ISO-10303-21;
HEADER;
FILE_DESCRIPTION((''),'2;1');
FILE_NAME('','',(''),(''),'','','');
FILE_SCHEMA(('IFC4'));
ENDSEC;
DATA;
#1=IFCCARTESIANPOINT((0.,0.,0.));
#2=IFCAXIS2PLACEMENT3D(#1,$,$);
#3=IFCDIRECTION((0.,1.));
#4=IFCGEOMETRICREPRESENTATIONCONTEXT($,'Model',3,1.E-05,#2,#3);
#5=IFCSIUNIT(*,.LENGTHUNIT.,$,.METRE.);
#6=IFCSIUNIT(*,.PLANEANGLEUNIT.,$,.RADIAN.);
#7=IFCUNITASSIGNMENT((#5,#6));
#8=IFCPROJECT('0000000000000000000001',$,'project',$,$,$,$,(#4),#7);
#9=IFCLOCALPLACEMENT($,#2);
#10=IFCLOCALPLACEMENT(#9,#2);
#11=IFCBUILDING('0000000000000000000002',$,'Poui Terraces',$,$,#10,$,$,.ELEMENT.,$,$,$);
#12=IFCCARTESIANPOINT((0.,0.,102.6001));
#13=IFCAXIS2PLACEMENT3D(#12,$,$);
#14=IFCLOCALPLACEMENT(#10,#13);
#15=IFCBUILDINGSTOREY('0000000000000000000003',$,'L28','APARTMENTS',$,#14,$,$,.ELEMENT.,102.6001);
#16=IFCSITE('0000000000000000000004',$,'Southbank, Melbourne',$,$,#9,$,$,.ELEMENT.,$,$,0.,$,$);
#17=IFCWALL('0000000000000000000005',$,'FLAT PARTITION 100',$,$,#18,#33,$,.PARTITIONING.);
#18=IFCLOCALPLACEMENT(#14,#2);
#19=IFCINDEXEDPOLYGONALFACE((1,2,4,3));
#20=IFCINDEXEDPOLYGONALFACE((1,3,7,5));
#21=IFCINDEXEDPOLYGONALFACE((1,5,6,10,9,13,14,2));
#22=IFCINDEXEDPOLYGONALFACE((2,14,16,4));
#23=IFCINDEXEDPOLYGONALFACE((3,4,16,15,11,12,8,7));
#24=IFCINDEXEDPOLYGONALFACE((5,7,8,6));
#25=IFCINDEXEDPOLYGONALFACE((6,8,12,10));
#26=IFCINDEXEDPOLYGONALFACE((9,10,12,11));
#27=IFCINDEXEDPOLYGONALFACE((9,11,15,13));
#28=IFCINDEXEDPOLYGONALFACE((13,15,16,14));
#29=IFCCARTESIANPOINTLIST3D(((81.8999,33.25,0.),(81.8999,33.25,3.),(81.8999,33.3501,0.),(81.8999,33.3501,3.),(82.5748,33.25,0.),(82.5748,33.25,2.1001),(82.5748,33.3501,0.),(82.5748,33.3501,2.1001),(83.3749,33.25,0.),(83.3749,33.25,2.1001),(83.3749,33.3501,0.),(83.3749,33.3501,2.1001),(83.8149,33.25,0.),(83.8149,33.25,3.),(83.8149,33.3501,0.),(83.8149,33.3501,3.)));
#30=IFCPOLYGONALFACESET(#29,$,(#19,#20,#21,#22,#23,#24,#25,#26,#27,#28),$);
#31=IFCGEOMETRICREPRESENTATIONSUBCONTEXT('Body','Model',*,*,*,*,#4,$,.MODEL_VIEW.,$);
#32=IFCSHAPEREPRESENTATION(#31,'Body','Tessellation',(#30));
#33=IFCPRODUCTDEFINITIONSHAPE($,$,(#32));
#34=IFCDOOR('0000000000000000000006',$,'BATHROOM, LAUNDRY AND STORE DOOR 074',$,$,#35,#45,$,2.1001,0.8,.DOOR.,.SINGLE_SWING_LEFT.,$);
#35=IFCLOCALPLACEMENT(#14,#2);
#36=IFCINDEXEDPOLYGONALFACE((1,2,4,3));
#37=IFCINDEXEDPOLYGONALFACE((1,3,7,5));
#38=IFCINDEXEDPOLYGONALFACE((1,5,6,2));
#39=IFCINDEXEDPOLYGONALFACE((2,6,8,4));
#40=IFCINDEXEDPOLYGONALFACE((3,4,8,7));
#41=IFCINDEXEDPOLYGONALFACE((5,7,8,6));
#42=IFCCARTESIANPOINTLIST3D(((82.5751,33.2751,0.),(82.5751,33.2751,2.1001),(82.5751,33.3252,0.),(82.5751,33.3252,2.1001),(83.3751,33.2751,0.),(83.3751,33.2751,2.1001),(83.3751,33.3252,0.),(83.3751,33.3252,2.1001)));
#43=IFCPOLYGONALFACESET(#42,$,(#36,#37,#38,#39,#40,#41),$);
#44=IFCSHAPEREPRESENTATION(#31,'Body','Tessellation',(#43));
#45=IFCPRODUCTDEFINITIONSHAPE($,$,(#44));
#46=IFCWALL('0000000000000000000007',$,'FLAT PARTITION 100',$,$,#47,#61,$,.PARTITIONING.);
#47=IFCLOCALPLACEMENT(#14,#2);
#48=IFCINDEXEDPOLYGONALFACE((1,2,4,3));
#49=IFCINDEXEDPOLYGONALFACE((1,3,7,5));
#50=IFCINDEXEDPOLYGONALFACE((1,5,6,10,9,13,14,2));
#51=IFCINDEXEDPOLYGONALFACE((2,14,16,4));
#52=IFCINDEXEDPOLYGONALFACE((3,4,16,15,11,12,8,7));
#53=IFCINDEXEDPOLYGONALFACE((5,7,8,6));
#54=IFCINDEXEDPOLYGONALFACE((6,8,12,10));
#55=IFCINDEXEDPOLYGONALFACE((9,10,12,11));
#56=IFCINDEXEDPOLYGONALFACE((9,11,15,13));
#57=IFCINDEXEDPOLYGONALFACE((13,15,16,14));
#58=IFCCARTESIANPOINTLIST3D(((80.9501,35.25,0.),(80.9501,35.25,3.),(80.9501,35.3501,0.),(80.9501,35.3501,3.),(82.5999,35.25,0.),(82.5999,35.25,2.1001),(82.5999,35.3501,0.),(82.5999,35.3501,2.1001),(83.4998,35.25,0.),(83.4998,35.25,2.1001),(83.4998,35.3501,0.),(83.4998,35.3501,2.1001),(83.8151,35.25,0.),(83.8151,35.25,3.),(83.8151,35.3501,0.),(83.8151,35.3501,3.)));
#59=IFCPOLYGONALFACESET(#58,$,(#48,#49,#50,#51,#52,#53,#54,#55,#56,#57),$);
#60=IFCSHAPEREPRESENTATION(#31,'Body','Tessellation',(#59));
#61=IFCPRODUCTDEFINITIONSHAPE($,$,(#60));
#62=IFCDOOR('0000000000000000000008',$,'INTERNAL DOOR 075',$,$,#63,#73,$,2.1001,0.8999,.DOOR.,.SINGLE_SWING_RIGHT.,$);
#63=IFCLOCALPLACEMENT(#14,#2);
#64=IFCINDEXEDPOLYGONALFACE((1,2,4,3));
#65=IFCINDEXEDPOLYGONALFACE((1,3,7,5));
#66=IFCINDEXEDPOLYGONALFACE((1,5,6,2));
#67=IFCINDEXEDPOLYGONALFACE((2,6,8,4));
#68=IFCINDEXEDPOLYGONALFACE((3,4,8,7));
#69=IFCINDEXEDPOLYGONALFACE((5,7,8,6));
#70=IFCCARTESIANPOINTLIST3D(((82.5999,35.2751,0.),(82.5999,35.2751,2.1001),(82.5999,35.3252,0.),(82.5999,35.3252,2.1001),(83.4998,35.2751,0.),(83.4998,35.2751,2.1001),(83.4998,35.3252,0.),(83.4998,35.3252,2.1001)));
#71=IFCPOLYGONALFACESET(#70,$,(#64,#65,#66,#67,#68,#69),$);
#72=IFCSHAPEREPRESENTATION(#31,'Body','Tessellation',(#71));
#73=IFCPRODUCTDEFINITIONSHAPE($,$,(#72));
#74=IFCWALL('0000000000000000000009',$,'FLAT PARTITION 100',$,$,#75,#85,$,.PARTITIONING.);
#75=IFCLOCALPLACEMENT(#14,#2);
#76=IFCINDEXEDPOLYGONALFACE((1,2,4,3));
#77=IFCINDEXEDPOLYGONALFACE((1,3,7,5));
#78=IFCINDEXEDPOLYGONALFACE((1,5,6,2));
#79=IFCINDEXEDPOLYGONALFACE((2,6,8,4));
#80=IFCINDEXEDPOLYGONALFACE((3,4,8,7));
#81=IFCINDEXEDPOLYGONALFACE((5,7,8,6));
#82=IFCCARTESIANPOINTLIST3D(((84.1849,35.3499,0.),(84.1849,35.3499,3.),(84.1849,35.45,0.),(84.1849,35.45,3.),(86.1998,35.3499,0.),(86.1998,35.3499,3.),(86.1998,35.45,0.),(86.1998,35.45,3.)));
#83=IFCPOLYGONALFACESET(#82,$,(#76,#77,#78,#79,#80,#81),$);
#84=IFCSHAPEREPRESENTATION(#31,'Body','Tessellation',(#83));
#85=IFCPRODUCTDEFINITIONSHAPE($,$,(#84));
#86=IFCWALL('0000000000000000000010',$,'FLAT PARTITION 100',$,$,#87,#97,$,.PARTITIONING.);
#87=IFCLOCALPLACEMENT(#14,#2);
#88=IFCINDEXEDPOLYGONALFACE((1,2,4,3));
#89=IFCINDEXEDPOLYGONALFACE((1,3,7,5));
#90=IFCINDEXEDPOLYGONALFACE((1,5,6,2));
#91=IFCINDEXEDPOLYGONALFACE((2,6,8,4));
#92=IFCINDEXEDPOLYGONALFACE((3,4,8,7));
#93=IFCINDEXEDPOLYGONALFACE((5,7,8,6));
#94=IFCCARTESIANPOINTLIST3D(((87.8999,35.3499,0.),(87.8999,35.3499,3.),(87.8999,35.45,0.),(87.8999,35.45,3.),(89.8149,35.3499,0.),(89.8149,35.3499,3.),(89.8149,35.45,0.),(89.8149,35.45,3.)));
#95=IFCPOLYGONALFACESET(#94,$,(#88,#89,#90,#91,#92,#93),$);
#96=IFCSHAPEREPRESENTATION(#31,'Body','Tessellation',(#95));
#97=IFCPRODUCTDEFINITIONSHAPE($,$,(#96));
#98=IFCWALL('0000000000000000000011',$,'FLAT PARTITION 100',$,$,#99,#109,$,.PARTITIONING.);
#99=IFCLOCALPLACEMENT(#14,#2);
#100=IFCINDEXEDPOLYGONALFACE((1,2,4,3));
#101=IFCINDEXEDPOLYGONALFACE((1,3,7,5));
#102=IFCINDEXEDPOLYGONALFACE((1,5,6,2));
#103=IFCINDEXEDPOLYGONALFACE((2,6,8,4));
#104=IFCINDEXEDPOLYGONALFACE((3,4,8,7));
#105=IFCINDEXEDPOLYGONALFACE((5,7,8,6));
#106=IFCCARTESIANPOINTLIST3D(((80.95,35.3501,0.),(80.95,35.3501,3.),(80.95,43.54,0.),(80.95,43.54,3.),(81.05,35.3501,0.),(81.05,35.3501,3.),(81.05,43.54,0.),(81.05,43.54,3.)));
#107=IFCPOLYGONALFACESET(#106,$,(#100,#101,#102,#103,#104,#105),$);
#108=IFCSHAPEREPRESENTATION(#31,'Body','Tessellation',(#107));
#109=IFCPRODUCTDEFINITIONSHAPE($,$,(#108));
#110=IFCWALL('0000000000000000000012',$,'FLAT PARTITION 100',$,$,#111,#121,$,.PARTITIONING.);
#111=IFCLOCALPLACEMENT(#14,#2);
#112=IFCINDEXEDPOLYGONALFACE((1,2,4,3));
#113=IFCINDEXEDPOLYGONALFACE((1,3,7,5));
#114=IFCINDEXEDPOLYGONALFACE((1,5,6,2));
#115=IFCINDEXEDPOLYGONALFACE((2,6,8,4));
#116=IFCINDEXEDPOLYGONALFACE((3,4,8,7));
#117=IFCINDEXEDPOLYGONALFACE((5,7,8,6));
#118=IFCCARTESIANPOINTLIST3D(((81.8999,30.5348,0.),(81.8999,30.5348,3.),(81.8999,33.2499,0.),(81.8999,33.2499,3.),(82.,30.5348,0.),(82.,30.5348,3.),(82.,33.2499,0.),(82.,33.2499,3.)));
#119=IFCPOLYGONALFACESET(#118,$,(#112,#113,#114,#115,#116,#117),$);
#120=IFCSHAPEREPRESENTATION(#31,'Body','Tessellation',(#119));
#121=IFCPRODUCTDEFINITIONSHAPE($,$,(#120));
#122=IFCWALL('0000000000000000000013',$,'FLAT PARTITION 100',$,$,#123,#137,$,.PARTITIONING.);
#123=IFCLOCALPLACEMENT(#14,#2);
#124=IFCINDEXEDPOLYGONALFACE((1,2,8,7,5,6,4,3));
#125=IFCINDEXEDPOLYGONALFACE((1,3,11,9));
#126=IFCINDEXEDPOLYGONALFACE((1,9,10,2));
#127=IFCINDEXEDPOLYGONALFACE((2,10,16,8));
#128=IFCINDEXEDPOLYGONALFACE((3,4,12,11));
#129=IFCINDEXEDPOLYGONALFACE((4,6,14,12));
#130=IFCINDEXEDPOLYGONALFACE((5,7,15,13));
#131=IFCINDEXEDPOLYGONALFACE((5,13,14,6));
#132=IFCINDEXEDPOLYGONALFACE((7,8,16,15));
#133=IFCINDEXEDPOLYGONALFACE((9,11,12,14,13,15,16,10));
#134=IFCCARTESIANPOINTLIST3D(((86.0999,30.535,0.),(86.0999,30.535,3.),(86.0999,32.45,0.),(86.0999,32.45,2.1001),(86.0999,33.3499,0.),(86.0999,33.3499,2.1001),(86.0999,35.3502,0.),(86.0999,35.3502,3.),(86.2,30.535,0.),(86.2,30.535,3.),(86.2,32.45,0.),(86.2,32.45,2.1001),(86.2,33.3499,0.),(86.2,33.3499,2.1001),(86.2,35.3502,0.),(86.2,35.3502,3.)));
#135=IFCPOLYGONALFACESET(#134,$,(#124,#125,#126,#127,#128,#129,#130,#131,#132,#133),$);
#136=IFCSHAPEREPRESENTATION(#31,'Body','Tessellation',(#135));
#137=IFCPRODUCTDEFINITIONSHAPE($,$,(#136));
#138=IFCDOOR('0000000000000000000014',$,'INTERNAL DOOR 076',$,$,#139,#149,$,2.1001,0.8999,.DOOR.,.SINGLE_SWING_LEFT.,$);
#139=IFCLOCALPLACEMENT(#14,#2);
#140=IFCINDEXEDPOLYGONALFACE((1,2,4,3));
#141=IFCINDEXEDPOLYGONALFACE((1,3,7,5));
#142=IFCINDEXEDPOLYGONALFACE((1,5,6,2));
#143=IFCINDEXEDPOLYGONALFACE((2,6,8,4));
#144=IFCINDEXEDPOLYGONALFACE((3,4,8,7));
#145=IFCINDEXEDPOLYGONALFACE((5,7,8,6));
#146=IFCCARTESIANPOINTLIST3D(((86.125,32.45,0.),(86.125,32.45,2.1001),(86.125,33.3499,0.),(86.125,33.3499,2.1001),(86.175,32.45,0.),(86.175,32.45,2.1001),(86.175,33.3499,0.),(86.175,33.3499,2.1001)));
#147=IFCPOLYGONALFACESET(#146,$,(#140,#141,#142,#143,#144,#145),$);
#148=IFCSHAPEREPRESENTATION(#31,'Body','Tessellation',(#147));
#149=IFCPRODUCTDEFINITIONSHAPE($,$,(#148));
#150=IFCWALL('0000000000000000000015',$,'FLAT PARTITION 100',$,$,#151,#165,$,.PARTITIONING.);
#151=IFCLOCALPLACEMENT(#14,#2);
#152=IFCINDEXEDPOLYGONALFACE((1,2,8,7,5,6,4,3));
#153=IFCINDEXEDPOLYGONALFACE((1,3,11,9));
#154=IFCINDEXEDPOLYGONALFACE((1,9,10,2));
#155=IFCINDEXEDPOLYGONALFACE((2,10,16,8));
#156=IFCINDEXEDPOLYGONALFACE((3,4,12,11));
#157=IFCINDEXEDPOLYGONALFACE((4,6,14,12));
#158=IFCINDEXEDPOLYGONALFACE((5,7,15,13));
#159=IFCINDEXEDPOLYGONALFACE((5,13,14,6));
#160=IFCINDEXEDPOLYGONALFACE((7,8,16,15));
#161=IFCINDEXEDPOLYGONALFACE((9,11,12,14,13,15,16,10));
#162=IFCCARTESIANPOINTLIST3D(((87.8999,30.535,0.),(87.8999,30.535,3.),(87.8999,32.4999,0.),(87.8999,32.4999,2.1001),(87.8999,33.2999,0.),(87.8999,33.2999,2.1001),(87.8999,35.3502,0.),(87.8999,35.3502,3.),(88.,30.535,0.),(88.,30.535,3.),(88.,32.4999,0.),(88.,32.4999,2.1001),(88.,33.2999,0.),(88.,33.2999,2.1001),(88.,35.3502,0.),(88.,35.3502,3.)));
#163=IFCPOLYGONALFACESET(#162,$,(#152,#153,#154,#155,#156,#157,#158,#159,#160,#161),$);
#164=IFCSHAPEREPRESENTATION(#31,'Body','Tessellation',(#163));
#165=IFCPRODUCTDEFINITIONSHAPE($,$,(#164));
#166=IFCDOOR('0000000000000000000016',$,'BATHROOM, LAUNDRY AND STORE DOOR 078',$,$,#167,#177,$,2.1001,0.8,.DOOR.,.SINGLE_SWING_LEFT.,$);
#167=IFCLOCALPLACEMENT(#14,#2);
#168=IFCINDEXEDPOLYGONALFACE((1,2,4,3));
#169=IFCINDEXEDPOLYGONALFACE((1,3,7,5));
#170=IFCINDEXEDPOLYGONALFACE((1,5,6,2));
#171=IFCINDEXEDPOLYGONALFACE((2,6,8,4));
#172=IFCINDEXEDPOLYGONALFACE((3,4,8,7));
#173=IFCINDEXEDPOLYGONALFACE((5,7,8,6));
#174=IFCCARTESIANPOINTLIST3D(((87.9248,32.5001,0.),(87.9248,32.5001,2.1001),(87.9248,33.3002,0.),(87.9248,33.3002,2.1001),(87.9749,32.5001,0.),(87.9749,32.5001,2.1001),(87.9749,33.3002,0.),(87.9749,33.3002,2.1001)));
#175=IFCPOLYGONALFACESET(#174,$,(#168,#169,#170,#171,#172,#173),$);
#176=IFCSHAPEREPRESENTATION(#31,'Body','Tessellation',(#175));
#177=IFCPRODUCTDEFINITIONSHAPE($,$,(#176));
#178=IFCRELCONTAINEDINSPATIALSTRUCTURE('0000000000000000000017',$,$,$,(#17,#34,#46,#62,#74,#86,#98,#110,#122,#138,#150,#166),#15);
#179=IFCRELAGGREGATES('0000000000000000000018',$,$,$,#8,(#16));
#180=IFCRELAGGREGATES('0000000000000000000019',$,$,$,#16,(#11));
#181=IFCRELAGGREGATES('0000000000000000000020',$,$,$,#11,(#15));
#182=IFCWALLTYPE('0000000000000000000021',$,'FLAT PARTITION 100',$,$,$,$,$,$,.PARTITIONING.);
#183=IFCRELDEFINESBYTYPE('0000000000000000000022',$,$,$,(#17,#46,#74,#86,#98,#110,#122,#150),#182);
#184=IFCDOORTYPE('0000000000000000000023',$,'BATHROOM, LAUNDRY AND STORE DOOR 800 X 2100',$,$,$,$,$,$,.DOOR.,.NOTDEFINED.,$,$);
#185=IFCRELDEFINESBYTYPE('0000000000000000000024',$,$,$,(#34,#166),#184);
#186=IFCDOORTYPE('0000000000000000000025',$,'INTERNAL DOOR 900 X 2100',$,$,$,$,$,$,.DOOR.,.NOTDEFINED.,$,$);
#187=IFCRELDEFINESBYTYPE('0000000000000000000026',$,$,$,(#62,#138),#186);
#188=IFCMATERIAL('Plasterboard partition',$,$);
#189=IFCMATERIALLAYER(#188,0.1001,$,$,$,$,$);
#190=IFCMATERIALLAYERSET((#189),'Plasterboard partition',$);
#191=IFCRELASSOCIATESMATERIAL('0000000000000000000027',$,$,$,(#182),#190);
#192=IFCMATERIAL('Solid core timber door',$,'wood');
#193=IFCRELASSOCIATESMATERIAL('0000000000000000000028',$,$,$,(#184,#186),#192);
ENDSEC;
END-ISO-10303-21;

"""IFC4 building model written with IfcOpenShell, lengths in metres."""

from ifc_helpers import new_model, si_unit, direction, frame, frame_2d, origin, place, context, subcontext, project, spatial, rectangle, extrude, material, layer, layer_set, type_object, element, fill, save


model = new_model("IFC4")

# Units and contexts
model_context = context("Model", 3, precision=1e-05, world=origin(), true_north=direction((0.0, 1.0)))
body_context = subcontext(model_context, "Body", "Model", "MODEL_VIEW")
ifc_project = project(units=[si_unit("LENGTHUNIT", "METRE"), si_unit("PLANEANGLEUNIT", "RADIAN")], contexts=[model_context])

# Site, building, storey
site_placement = place(None, origin())
site = spatial("IfcSite", under=ifc_project, at=site_placement, Name="Southbank, Melbourne", CompositionType="ELEMENT", RefElevation=0.0)
building_placement = place(site_placement, origin())
building = spatial("IfcBuilding", under=site, at=building_placement, Name="Poui Terraces", CompositionType="ELEMENT")
storey_placement = place(building_placement, frame((0.0, 0.0, 102.6001)))
storey = spatial("IfcBuildingStorey", under=building, at=storey_placement, Name="L28", Description="APARTMENTS", CompositionType="ELEMENT", Elevation=102.6001)

# Walls, openings, doors
ifc_material_1 = material(Name="Plasterboard partition")
ifc_layer_1 = layer(ifc_material_1, 0.1001)
ifc_layer_set_1 = layer_set([ifc_layer_1], Name="Plasterboard partition")
wall_type_1 = type_object("IfcWallType", Name="FLAT PARTITION 100", PredefinedType="PARTITIONING", material=ifc_layer_set_1)
wall_1_placement = place(storey_placement, frame((81.8999, 33.3, 0.0), z_axis=(0.0, 0.0, 1.0), x_axis=(1.0, 0.0, 0.0)))
wall_1 = element("IfcWall", 1, at=wall_1_placement, inside=storey, type_object=wall_type_1, Name="FLAT PARTITION 100", PredefinedType="PARTITIONING", context=body_context, shape_type="SweptSolid", body=[
    extrude(rectangle(XDim=1.915, YDim=0.1001, at=frame_2d((0.9575, 0.0))), origin(), (0.0, 0.0, 1.0), 3.0),
])
opening_1_placement = place(wall_1_placement, frame((0.675, 0.0, 0.0)))
opening_1 = element("IfcOpeningElement", 2, at=opening_1_placement, cuts=wall_1, PredefinedType="OPENING", context=body_context, shape_type="SweptSolid", body=[
    extrude(rectangle(XDim=0.8, YDim=2.1001, at=frame_2d((0.3999, 1.05))), frame((0.0, 0.0601, 0.0), z_axis=(0.0, -1.0, 0.0), x_axis=(1.0, 0.0, 0.0)), (0.0, 0.0, 1.0), 0.1201),
])
ifc_material_2 = material(Name="Solid core timber door", Category="wood")
door_type_1 = type_object("IfcDoorType", Name="BATHROOM, LAUNDRY AND STORE DOOR 800 X 2100", OperationType="NOTDEFINED", PredefinedType="DOOR", material=ifc_material_2)
door_1_placement = place(opening_1_placement, frame((0.8, 0.0, 0.0), z_axis=(0.0, 0.0, 1.0), x_axis=(-1.0, 0.0, 0.0)))
door_1 = element("IfcDoor", 3, at=door_1_placement, inside=storey, type_object=door_type_1, Name="BATHROOM, LAUNDRY AND STORE DOOR 074", OperationType="SINGLE_SWING_LEFT", OverallHeight=2.1001, OverallWidth=0.8, PredefinedType="DOOR", context=body_context, shape_type="SweptSolid", body=[
    extrude(rectangle(XDim=0.8, YDim=2.1001, at=frame_2d((0.3999, 1.05))), frame((0.0, 0.0249, 0.0), z_axis=(0.0, -1.0, 0.0), x_axis=(1.0, 0.0, 0.0)), (0.0, 0.0, 1.0), 0.05),
])
fill(opening_1, door_1)
wall_2_placement = place(storey_placement, frame((80.95, 35.3, 0.0), z_axis=(0.0, 0.0, 1.0), x_axis=(1.0, 0.0, 0.0)))
wall_2 = element("IfcWall", 4, at=wall_2_placement, inside=storey, type_object=wall_type_1, Name="FLAT PARTITION 100", PredefinedType="PARTITIONING", context=body_context, shape_type="SweptSolid", body=[
    extrude(rectangle(XDim=2.865, YDim=0.1001, at=frame_2d((1.4326, 0.0))), origin(), (0.0, 0.0, 1.0), 3.0),
])
opening_2_placement = place(wall_2_placement, frame((1.6499, 0.0, 0.0)))
opening_2 = element("IfcOpeningElement", 5, at=opening_2_placement, cuts=wall_2, PredefinedType="OPENING", context=body_context, shape_type="SweptSolid", body=[
    extrude(rectangle(XDim=0.8999, YDim=2.1001, at=frame_2d((0.45, 1.05))), frame((0.0, 0.0601, 0.0), z_axis=(0.0, -1.0, 0.0), x_axis=(1.0, 0.0, 0.0)), (0.0, 0.0, 1.0), 0.1201),
])
door_type_2 = type_object("IfcDoorType", Name="INTERNAL DOOR 900 X 2100", OperationType="NOTDEFINED", PredefinedType="DOOR", material=ifc_material_2)
door_2_placement = place(opening_2_placement, frame((0.8999, 0.0, 0.0), z_axis=(0.0, 0.0, 1.0), x_axis=(-1.0, 0.0, 0.0)))
door_2 = element("IfcDoor", 6, at=door_2_placement, inside=storey, type_object=door_type_2, Name="INTERNAL DOOR 075", OperationType="SINGLE_SWING_RIGHT", OverallHeight=2.1001, OverallWidth=0.8999, PredefinedType="DOOR", context=body_context, shape_type="SweptSolid", body=[
    extrude(rectangle(XDim=0.8999, YDim=2.1001, at=frame_2d((0.45, 1.05))), frame((0.0, 0.0249, 0.0), z_axis=(0.0, -1.0, 0.0), x_axis=(1.0, 0.0, 0.0)), (0.0, 0.0, 1.0), 0.05),
])
fill(opening_2, door_2)

# Walls
wall_3_placement = place(storey_placement, frame((84.1851, 35.3999, 0.0), z_axis=(0.0, 0.0, 1.0), x_axis=(1.0, 0.0, 0.0)))
element("IfcWall", 7, at=wall_3_placement, inside=storey, type_object=wall_type_1, Name="FLAT PARTITION 100", PredefinedType="PARTITIONING", context=body_context, shape_type="SweptSolid", body=[
    extrude(rectangle(XDim=2.0149, YDim=0.1001, at=frame_2d((1.0073, 0.0))), origin(), (0.0, 0.0, 1.0), 3.0),
])
wall_4_placement = place(storey_placement, frame((87.8999, 35.3999, 0.0), z_axis=(0.0, 0.0, 1.0), x_axis=(1.0, 0.0, 0.0)))
element("IfcWall", 8, at=wall_4_placement, inside=storey, type_object=wall_type_1, Name="FLAT PARTITION 100", PredefinedType="PARTITIONING", context=body_context, shape_type="SweptSolid", body=[
    extrude(rectangle(XDim=1.915, YDim=0.1001, at=frame_2d((0.9575, 0.0))), origin(), (0.0, 0.0, 1.0), 3.0),
])
wall_5_placement = place(storey_placement, frame((81.0, 35.3501, 0.0), z_axis=(0.0, 0.0, 1.0), x_axis=(0.0, 1.0, 0.0)))
element("IfcWall", 9, at=wall_5_placement, inside=storey, type_object=wall_type_1, Name="FLAT PARTITION 100", PredefinedType="PARTITIONING", context=body_context, shape_type="SweptSolid", body=[
    extrude(rectangle(XDim=8.1899, YDim=0.1001, at=frame_2d((4.095, 0.0))), origin(), (0.0, 0.0, 1.0), 3.0),
])
wall_6_placement = place(storey_placement, frame((81.95, 30.5349, 0.0), z_axis=(0.0, 0.0, 1.0), x_axis=(0.0, 1.0, 0.0)))
element("IfcWall", 10, at=wall_6_placement, inside=storey, type_object=wall_type_1, Name="FLAT PARTITION 100", PredefinedType="PARTITIONING", context=body_context, shape_type="SweptSolid", body=[
    extrude(rectangle(XDim=2.7151, YDim=0.1001, at=frame_2d((1.3574, 0.0))), origin(), (0.0, 0.0, 1.0), 3.0),
])

# Walls, openings, doors
wall_7_placement = place(storey_placement, frame((86.1499, 30.5349, 0.0), z_axis=(0.0, 0.0, 1.0), x_axis=(0.0, 1.0, 0.0)))
wall_7 = element("IfcWall", 11, at=wall_7_placement, inside=storey, type_object=wall_type_1, Name="FLAT PARTITION 100", PredefinedType="PARTITIONING", context=body_context, shape_type="SweptSolid", body=[
    extrude(rectangle(XDim=4.8152, YDim=0.1001, at=frame_2d((2.4077, 0.0))), origin(), (0.0, 0.0, 1.0), 3.0),
])
opening_3_placement = place(wall_7_placement, frame((1.915, 0.0, 0.0)))
opening_3 = element("IfcOpeningElement", 12, at=opening_3_placement, cuts=wall_7, PredefinedType="OPENING", context=body_context, shape_type="SweptSolid", body=[
    extrude(rectangle(XDim=0.8999, YDim=2.1001, at=frame_2d((0.45, 1.05))), frame((0.0, 0.0601, 0.0), z_axis=(0.0, -1.0, 0.0), x_axis=(1.0, 0.0, 0.0)), (0.0, 0.0, 1.0), 0.1201),
])
door_3_placement = place(opening_3_placement, origin())
door_3 = element("IfcDoor", 13, at=door_3_placement, inside=storey, type_object=door_type_2, Name="INTERNAL DOOR 076", OperationType="SINGLE_SWING_LEFT", OverallHeight=2.1001, OverallWidth=0.8999, PredefinedType="DOOR", context=body_context, shape_type="SweptSolid", body=[
    extrude(rectangle(XDim=0.8999, YDim=2.1001, at=frame_2d((0.45, 1.05))), frame((0.0, 0.0249, 0.0), z_axis=(0.0, -1.0, 0.0), x_axis=(1.0, 0.0, 0.0)), (0.0, 0.0, 1.0), 0.05),
])
fill(opening_3, door_3)
wall_8_placement = place(storey_placement, frame((87.95, 30.5349, 0.0), z_axis=(0.0, 0.0, 1.0), x_axis=(0.0, 1.0, 0.0)))
wall_8 = element("IfcWall", 14, at=wall_8_placement, inside=storey, type_object=wall_type_1, Name="FLAT PARTITION 100", PredefinedType="PARTITIONING", context=body_context, shape_type="SweptSolid", body=[
    extrude(rectangle(XDim=4.8152, YDim=0.1001, at=frame_2d((2.4077, 0.0))), origin(), (0.0, 0.0, 1.0), 3.0),
])
opening_4_placement = place(wall_8_placement, frame((1.9651, 0.0, 0.0)))
opening_4 = element("IfcOpeningElement", 15, at=opening_4_placement, cuts=wall_8, PredefinedType="OPENING", context=body_context, shape_type="SweptSolid", body=[
    extrude(rectangle(XDim=0.8, YDim=2.1001, at=frame_2d((0.3999, 1.05))), frame((0.0, 0.0601, 0.0), z_axis=(0.0, -1.0, 0.0), x_axis=(1.0, 0.0, 0.0)), (0.0, 0.0, 1.0), 0.1201),
])
door_4_placement = place(opening_4_placement, frame((0.8, 0.0, 0.0), z_axis=(0.0, 0.0, 1.0), x_axis=(-1.0, 0.0, 0.0)))
door_4 = element("IfcDoor", 16, at=door_4_placement, inside=storey, type_object=door_type_1, Name="BATHROOM, LAUNDRY AND STORE DOOR 078", OperationType="SINGLE_SWING_LEFT", OverallHeight=2.1001, OverallWidth=0.8, PredefinedType="DOOR", context=body_context, shape_type="SweptSolid", body=[
    extrude(rectangle(XDim=0.8, YDim=2.1001, at=frame_2d((0.3999, 1.05))), frame((0.0, 0.0249, 0.0), z_axis=(0.0, -1.0, 0.0), x_axis=(1.0, 0.0, 0.0)), (0.0, 0.0, 1.0), 0.05),
])
fill(opening_4, door_4)

save(model, "model.ifc")
